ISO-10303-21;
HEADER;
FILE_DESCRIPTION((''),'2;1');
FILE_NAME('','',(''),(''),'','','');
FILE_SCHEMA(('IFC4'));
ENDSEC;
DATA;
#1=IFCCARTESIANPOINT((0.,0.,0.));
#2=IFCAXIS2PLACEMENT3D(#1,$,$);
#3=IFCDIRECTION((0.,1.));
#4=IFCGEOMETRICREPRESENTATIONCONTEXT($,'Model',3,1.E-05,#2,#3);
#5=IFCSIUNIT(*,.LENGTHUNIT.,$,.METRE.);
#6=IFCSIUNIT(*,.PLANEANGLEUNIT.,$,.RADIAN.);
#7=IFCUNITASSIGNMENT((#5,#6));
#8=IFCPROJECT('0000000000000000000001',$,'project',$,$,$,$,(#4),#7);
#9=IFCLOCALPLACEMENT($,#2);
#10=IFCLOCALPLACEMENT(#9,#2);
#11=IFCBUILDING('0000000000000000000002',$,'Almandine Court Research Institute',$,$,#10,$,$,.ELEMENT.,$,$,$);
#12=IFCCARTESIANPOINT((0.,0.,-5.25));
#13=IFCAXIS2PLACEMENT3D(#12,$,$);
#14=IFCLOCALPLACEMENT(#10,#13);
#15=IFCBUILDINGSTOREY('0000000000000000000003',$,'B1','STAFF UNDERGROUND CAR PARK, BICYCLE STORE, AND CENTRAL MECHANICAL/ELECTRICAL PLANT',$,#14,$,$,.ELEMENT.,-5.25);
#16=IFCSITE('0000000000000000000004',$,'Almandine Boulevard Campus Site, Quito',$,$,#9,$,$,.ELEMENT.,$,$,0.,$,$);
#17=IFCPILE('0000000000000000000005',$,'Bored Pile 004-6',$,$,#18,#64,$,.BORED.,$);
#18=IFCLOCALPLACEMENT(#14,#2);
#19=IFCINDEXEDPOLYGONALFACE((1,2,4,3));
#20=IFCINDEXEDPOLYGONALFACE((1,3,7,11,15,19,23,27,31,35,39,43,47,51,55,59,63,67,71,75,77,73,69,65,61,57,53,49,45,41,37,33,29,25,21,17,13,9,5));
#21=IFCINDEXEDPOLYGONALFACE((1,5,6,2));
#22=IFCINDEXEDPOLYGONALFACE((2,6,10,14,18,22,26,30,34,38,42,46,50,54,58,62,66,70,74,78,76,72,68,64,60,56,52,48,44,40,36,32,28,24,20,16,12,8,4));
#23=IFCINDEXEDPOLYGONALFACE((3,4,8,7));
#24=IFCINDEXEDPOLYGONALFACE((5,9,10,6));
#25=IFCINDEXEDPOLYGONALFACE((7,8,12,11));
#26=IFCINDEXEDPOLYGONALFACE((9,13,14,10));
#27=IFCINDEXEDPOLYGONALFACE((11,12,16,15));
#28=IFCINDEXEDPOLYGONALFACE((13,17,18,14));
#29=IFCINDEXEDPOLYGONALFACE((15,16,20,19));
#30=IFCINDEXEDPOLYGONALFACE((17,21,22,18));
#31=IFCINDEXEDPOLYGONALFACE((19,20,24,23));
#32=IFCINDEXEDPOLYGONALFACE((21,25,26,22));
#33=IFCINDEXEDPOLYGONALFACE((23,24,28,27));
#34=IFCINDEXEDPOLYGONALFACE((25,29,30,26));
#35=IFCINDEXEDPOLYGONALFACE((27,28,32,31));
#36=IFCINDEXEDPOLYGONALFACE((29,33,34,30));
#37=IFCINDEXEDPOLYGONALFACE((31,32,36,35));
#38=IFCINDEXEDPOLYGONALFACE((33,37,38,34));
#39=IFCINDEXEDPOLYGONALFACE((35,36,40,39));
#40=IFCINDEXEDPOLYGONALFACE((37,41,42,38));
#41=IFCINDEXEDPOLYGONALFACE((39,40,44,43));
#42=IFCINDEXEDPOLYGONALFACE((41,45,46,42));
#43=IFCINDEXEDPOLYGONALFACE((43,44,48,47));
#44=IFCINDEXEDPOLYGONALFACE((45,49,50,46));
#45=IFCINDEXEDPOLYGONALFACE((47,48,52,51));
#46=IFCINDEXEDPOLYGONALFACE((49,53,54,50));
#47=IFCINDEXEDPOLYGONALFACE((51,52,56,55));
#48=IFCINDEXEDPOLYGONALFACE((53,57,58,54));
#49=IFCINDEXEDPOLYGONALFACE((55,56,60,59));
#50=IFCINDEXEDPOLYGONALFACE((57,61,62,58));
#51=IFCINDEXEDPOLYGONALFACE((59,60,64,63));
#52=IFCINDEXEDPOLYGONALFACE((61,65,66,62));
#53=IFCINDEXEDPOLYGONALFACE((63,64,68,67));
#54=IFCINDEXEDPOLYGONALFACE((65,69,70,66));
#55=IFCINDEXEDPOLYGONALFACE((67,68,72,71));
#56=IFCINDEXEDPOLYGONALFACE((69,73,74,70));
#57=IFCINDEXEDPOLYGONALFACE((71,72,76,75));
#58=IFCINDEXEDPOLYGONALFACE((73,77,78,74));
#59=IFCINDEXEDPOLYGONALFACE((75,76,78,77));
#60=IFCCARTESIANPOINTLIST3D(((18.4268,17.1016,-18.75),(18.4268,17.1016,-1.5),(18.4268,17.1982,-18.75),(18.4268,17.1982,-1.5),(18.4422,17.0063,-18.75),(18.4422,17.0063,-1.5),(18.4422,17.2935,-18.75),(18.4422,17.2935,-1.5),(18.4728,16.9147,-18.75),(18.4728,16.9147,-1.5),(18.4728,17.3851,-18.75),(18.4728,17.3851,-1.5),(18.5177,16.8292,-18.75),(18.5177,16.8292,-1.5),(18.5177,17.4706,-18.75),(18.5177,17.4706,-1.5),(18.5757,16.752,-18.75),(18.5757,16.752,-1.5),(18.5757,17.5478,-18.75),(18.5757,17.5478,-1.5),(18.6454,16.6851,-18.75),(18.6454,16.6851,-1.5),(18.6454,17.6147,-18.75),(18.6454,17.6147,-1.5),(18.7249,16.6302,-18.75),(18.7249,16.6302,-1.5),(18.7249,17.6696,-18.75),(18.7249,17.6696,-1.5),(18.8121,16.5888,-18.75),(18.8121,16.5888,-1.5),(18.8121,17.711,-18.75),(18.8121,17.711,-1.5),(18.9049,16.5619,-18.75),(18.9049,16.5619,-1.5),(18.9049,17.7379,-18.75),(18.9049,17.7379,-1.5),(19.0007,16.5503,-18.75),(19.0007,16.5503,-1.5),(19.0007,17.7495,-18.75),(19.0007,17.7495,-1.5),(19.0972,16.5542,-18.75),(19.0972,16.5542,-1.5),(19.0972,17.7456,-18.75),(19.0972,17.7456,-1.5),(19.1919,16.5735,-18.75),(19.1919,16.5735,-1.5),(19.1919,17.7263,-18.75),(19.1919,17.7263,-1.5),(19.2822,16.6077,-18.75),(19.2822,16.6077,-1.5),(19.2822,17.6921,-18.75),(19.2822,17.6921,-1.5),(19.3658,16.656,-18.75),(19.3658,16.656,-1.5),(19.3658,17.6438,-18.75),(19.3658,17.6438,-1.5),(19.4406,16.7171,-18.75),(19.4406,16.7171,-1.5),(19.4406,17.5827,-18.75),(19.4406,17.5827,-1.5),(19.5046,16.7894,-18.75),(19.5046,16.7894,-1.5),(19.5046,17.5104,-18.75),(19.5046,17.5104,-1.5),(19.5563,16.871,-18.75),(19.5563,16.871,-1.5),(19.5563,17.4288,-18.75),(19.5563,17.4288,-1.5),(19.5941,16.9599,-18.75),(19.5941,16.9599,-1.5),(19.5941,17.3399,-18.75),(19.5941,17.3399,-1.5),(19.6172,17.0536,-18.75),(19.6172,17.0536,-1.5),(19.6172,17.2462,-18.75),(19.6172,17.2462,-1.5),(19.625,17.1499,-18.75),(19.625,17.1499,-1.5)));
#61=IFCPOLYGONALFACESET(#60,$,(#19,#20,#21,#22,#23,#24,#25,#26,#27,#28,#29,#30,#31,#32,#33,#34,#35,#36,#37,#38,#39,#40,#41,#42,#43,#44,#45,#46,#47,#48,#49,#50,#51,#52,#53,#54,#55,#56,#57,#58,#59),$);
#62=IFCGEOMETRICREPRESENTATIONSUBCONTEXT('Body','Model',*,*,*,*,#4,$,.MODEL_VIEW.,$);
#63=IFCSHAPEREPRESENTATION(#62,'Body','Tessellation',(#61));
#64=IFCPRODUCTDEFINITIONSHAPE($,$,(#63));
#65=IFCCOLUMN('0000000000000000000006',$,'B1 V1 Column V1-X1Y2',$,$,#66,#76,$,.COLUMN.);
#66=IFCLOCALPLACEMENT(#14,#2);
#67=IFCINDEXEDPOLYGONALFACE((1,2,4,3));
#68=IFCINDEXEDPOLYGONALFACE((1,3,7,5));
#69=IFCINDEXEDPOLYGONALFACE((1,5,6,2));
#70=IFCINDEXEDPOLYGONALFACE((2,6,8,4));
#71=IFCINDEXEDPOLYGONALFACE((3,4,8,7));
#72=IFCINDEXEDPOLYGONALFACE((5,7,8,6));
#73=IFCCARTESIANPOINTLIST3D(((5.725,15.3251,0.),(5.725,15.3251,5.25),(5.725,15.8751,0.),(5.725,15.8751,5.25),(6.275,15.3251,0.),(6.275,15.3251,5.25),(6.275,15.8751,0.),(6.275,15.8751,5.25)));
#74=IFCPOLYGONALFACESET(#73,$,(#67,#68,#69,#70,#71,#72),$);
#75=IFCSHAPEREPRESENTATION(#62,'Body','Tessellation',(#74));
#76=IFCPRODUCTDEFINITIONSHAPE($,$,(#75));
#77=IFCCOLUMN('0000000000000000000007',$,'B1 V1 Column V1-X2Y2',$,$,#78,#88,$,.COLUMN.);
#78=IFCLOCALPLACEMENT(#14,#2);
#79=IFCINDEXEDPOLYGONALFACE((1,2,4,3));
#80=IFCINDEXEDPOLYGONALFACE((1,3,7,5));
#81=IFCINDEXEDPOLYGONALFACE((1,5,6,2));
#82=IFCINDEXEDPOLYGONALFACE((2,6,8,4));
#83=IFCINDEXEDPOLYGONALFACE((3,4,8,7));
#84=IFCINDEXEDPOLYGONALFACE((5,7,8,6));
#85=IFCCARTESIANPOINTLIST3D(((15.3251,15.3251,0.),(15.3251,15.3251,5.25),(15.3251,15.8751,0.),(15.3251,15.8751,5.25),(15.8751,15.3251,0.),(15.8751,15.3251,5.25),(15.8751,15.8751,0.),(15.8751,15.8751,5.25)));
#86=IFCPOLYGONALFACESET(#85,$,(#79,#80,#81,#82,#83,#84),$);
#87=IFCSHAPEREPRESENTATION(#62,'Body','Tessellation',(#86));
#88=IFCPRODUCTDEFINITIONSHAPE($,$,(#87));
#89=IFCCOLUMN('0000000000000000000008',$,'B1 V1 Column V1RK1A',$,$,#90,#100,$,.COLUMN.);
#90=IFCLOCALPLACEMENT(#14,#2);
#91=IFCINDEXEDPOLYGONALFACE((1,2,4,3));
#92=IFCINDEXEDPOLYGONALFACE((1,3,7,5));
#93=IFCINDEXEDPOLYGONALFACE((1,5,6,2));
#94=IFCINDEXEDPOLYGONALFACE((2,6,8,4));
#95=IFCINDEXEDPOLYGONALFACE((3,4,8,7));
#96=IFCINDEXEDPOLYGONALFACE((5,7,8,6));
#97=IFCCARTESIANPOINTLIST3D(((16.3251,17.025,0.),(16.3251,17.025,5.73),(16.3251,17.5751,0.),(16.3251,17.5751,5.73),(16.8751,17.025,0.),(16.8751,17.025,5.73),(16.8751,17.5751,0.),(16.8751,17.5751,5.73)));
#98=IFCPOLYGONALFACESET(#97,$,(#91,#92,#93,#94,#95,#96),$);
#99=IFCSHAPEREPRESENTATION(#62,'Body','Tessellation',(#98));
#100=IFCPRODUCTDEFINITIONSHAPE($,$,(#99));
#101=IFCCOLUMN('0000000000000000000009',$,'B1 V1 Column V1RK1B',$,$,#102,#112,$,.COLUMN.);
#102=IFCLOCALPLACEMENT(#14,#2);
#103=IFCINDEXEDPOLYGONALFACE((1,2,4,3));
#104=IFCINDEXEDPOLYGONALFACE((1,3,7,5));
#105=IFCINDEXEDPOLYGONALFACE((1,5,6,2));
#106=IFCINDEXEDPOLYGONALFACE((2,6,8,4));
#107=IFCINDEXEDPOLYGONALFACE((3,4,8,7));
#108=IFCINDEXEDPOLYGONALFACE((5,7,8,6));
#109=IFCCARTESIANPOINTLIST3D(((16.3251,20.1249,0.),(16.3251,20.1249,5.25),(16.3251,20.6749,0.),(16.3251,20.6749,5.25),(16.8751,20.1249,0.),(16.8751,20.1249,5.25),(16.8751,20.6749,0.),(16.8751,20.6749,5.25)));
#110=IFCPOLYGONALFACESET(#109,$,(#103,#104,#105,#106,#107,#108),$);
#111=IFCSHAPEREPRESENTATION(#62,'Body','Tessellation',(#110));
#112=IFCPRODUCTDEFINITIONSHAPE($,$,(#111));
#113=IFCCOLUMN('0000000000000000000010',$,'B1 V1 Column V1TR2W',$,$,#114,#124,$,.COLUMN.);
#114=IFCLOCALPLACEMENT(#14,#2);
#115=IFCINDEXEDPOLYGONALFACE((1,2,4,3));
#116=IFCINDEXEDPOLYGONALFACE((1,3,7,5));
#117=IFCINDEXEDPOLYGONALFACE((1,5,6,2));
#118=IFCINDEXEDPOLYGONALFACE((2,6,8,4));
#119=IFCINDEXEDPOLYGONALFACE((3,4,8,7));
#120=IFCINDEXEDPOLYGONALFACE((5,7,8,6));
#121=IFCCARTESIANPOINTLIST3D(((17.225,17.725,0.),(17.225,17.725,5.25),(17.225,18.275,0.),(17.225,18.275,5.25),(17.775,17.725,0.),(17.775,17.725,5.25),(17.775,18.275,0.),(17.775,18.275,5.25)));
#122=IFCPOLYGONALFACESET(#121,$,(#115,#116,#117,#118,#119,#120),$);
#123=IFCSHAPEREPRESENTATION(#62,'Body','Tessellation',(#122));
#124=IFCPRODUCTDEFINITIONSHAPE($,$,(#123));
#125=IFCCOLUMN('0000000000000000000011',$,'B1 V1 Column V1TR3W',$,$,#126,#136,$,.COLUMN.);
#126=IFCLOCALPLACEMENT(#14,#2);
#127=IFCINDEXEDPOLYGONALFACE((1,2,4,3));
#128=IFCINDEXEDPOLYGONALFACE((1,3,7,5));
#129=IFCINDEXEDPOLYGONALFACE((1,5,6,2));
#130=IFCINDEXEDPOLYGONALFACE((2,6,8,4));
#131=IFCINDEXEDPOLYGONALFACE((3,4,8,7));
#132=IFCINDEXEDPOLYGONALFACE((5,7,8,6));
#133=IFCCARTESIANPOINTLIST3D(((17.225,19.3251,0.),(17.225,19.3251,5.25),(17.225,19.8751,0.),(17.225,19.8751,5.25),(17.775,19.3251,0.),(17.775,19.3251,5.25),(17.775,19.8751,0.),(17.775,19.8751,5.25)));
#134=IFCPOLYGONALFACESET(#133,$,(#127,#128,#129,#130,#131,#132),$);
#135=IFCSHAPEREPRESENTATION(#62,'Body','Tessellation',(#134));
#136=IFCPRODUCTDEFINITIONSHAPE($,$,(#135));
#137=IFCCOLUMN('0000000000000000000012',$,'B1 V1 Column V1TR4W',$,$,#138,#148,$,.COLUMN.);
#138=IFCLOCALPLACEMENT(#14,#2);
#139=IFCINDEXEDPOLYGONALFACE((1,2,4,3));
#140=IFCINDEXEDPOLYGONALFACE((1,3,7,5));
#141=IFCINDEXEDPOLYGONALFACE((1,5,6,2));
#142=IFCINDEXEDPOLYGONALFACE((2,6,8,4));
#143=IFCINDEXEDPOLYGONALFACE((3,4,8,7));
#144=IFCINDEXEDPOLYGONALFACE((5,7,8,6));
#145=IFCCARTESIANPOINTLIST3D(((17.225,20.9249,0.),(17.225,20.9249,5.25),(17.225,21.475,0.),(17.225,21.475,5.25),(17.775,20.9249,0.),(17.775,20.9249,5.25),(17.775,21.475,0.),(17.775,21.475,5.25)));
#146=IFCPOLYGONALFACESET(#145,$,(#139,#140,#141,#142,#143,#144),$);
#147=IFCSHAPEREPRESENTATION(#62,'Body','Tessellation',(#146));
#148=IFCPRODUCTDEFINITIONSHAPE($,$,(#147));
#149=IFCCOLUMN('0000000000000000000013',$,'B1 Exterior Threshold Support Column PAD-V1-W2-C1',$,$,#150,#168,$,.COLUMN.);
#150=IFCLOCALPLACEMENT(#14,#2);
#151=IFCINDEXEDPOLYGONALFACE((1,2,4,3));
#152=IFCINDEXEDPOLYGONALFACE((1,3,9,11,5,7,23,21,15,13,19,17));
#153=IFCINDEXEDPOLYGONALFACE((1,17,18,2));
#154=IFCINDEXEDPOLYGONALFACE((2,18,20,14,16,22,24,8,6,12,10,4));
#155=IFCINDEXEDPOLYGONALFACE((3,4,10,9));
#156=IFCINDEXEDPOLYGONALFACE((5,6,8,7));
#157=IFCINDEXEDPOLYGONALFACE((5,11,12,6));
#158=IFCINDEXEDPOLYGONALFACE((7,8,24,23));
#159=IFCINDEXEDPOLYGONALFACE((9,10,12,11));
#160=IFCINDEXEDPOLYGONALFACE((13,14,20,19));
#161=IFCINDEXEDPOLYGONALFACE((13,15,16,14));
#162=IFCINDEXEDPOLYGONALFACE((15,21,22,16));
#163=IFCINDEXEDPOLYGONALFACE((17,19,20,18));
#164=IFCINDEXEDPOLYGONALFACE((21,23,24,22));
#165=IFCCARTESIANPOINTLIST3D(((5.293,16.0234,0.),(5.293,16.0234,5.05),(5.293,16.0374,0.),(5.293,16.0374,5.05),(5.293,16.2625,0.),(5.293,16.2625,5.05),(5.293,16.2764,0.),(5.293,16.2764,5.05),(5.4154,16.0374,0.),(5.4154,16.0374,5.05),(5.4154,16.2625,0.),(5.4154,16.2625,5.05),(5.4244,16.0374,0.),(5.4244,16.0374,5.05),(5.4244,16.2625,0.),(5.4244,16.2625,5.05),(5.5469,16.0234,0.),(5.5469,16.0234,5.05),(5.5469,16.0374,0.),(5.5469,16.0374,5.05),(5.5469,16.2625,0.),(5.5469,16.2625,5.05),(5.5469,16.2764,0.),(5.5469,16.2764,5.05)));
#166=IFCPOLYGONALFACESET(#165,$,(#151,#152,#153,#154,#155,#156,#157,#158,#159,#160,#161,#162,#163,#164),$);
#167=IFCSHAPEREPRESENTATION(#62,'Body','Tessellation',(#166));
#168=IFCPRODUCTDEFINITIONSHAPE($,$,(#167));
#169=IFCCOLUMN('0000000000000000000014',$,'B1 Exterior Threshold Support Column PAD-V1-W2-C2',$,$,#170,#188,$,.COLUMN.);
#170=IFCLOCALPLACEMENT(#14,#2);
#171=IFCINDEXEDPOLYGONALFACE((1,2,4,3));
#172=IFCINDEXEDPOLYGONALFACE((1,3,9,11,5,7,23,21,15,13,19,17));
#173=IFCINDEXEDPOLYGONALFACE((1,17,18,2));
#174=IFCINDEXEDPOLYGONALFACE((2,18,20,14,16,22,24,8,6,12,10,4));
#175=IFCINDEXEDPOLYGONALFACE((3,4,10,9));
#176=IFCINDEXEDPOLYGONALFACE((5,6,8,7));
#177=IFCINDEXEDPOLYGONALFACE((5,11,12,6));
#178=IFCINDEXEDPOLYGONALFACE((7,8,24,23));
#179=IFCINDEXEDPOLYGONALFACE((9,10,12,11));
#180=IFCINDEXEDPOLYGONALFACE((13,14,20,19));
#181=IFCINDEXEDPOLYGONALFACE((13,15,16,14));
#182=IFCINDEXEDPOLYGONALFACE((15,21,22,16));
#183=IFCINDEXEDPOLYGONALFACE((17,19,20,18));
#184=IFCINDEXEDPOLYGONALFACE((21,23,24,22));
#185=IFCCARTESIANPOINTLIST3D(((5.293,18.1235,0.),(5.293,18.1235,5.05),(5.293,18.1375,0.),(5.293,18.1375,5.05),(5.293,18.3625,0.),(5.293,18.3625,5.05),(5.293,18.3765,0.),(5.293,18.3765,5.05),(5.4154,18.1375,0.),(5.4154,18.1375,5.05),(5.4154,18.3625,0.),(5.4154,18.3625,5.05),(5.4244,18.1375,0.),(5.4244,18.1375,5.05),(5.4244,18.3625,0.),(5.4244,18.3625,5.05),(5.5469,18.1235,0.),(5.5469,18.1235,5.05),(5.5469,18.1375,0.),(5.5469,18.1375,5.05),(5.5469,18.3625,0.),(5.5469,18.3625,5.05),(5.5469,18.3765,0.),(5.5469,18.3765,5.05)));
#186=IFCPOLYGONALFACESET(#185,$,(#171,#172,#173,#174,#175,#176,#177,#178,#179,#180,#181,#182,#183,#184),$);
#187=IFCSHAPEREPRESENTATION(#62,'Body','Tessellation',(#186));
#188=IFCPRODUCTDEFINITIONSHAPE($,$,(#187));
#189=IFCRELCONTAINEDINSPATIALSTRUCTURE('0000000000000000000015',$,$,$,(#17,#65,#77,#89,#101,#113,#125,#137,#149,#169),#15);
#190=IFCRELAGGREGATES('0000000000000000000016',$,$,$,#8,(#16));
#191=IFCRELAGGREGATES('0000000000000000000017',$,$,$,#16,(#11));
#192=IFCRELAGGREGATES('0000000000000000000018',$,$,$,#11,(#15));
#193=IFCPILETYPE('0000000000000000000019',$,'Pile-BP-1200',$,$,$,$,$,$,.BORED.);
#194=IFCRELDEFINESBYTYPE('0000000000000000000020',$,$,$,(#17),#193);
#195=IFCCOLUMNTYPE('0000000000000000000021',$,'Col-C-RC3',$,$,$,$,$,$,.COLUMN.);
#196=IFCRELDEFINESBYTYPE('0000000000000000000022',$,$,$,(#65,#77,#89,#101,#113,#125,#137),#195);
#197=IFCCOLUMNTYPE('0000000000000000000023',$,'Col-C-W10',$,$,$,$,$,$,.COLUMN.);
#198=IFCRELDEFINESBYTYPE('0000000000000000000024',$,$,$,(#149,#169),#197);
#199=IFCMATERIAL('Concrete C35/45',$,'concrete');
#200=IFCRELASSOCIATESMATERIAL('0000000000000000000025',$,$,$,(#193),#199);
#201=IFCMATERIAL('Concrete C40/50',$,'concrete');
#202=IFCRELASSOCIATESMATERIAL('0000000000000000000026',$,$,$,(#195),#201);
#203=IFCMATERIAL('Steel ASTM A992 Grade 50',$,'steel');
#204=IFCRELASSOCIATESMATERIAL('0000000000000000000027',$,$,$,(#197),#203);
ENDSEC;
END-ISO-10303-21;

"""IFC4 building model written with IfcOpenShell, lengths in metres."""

from ifc_helpers import new_model, si_unit, direction, frame, origin, origin_2d, place, context, subcontext, project, spatial, rectangle, circle, i_section, extrude, material, material_profile, profile_set, type_object, element, save


model = new_model("IFC4")

# Units and contexts
model_context = context("Model", 3, precision=1e-05, world=origin(), true_north=direction((0.0, 1.0)))
body_context = subcontext(model_context, "Body", "Model", "MODEL_VIEW")
ifc_project = project(units=[si_unit("LENGTHUNIT", "METRE"), si_unit("PLANEANGLEUNIT", "RADIAN")], contexts=[model_context])

# Site, building, storey
site_placement = place(None, origin())
site = spatial("IfcSite", under=ifc_project, at=site_placement, Name="Almandine Boulevard Campus Site, Quito", CompositionType="ELEMENT", RefElevation=0.0)
building_placement = place(site_placement, origin())
building = spatial("IfcBuilding", under=site, at=building_placement, Name="Almandine Court Research Institute", CompositionType="ELEMENT")
storey_placement = place(building_placement, frame((0.0, 0.0, -5.25)))
storey = spatial("IfcBuildingStorey", under=building, at=storey_placement, Name="B1", Description="STAFF UNDERGROUND CAR PARK, BICYCLE STORE, AND CENTRAL MECHANICAL/ELECTRICAL PLANT", CompositionType="ELEMENT", Elevation=-5.25)

# Shared definitions
ifc_material_1 = material(Name="Concrete C35/45", Category="concrete")

# Pile
ifc_material_profile_1 = material_profile(ifc_material_1, circle(Radius=0.6001, at=origin_2d()), Name="BORED PILE D1200")
ifc_profile_set_1 = profile_set([ifc_material_profile_1], Name="Concrete C35/45")
pile_type = type_object("IfcPileType", Name="Pile-BP-1200", PredefinedType="BORED", material=ifc_profile_set_1)
for number, where, z_axis, x_axis, name in (
    (1, (19.0249, 17.1499, -1.5), (0.0, 0.0, -1.0), (1.0, 0.0, 0.0), "Bored Pile 004-6"),
):
    element("IfcPile", number, at=place(storey_placement, frame(where, z_axis=z_axis, x_axis=x_axis)), inside=storey, type_object=pile_type, Name=name, PredefinedType="BORED", context=body_context, shape_type="SweptSolid", body=[
        extrude(circle(Radius=0.6001, at=origin_2d()), origin(), (0.0, 0.0, 1.0), 17.25),
    ])

# Columns
ifc_material_2 = material(Name="Concrete C40/50", Category="concrete")
ifc_material_profile_2 = material_profile(ifc_material_2, rectangle(XDim=0.55, YDim=0.55, at=origin_2d()), Name="RC 550x550")
ifc_profile_set_2 = profile_set([ifc_material_profile_2], Name="Concrete C40/50")
column_type_1 = type_object("IfcColumnType", Name="Col-C-RC3", PredefinedType="COLUMN", material=ifc_profile_set_2)
for number, where, z_axis, x_axis, name in (
    (2, (6.0, 15.6001, 0.0), (0.0, 0.0, 1.0), (1.0, 0.0, 0.0), "B1 V1 Column V1-X1Y2"),
    (3, (15.6001, 15.6001, 0.0), (0.0, 0.0, 1.0), (1.0, 0.0, 0.0), "B1 V1 Column V1-X2Y2"),
):
    element("IfcColumn", number, at=place(storey_placement, frame(where, z_axis=z_axis, x_axis=x_axis)), inside=storey, type_object=column_type_1, Name=name, PredefinedType="COLUMN", context=body_context, shape_type="SweptSolid", body=[
        extrude(rectangle(XDim=0.55, YDim=0.55, at=origin_2d()), origin(), (0.0, 0.0, 1.0), 5.25),
    ])
column_placement = place(storey_placement, frame((16.6001, 17.3, 0.0), z_axis=(0.0, 0.0, 1.0), x_axis=(1.0, 0.0, 0.0)))
element("IfcColumn", 4, at=column_placement, inside=storey, type_object=column_type_1, Name="B1 V1 Column V1RK1A", PredefinedType="COLUMN", context=body_context, shape_type="SweptSolid", body=[
    extrude(rectangle(XDim=0.55, YDim=0.55, at=origin_2d()), origin(), (0.0, 0.0, 1.0), 5.73),
])
for number, where, z_axis, x_axis, name in (
    (5, (16.6001, 20.3999, 0.0), (0.0, 0.0, 1.0), (1.0, 0.0, 0.0), "B1 V1 Column V1RK1B"),
    (6, (17.5, 18.0, 0.0), (0.0, 0.0, 1.0), (1.0, 0.0, 0.0), "B1 V1 Column V1TR2W"),
    (7, (17.5, 19.6001, 0.0), (0.0, 0.0, 1.0), (1.0, 0.0, 0.0), "B1 V1 Column V1TR3W"),
    (8, (17.5, 21.2, 0.0), (0.0, 0.0, 1.0), (1.0, 0.0, 0.0), "B1 V1 Column V1TR4W"),
):
    element("IfcColumn", number, at=place(storey_placement, frame(where, z_axis=z_axis, x_axis=x_axis)), inside=storey, type_object=column_type_1, Name=name, PredefinedType="COLUMN", context=body_context, shape_type="SweptSolid", body=[
        extrude(rectangle(XDim=0.55, YDim=0.55, at=origin_2d()), origin(), (0.0, 0.0, 1.0), 5.25),
    ])
ifc_material_3 = material(Name="Steel ASTM A992 Grade 50", Category="steel")
ifc_material_profile_3 = material_profile(ifc_material_3, i_section(OverallWidth=0.2539, OverallDepth=0.2529, WebThickness=0.009, FlangeThickness=0.0139, at=origin_2d()), Name="W250x73")
ifc_profile_set_3 = profile_set([ifc_material_profile_3], Name="Steel ASTM A992 Grade 50")
column_type_2 = type_object("IfcColumnType", Name="Col-C-W10", PredefinedType="COLUMN", material=ifc_profile_set_3)
for number, where, z_axis, x_axis, name in (
    (9, (5.4199, 16.1499, 0.0), (0.0, 0.0, 1.0), (1.0, 0.0, 0.0), "B1 Exterior Threshold Support Column PAD-V1-W2-C1"),
    (10, (5.4199, 18.25, 0.0), (0.0, 0.0, 1.0), (1.0, 0.0, 0.0), "B1 Exterior Threshold Support Column PAD-V1-W2-C2"),
):
    element("IfcColumn", number, at=place(storey_placement, frame(where, z_axis=z_axis, x_axis=x_axis)), inside=storey, type_object=column_type_2, Name=name, PredefinedType="COLUMN", context=body_context, shape_type="SweptSolid", body=[
        extrude(i_section(OverallWidth=0.2539, OverallDepth=0.2529, WebThickness=0.009, FlangeThickness=0.0139, at=origin_2d()), origin(), (0.0, 0.0, 1.0), 5.05),
    ])

save(model, "model.ifc")
